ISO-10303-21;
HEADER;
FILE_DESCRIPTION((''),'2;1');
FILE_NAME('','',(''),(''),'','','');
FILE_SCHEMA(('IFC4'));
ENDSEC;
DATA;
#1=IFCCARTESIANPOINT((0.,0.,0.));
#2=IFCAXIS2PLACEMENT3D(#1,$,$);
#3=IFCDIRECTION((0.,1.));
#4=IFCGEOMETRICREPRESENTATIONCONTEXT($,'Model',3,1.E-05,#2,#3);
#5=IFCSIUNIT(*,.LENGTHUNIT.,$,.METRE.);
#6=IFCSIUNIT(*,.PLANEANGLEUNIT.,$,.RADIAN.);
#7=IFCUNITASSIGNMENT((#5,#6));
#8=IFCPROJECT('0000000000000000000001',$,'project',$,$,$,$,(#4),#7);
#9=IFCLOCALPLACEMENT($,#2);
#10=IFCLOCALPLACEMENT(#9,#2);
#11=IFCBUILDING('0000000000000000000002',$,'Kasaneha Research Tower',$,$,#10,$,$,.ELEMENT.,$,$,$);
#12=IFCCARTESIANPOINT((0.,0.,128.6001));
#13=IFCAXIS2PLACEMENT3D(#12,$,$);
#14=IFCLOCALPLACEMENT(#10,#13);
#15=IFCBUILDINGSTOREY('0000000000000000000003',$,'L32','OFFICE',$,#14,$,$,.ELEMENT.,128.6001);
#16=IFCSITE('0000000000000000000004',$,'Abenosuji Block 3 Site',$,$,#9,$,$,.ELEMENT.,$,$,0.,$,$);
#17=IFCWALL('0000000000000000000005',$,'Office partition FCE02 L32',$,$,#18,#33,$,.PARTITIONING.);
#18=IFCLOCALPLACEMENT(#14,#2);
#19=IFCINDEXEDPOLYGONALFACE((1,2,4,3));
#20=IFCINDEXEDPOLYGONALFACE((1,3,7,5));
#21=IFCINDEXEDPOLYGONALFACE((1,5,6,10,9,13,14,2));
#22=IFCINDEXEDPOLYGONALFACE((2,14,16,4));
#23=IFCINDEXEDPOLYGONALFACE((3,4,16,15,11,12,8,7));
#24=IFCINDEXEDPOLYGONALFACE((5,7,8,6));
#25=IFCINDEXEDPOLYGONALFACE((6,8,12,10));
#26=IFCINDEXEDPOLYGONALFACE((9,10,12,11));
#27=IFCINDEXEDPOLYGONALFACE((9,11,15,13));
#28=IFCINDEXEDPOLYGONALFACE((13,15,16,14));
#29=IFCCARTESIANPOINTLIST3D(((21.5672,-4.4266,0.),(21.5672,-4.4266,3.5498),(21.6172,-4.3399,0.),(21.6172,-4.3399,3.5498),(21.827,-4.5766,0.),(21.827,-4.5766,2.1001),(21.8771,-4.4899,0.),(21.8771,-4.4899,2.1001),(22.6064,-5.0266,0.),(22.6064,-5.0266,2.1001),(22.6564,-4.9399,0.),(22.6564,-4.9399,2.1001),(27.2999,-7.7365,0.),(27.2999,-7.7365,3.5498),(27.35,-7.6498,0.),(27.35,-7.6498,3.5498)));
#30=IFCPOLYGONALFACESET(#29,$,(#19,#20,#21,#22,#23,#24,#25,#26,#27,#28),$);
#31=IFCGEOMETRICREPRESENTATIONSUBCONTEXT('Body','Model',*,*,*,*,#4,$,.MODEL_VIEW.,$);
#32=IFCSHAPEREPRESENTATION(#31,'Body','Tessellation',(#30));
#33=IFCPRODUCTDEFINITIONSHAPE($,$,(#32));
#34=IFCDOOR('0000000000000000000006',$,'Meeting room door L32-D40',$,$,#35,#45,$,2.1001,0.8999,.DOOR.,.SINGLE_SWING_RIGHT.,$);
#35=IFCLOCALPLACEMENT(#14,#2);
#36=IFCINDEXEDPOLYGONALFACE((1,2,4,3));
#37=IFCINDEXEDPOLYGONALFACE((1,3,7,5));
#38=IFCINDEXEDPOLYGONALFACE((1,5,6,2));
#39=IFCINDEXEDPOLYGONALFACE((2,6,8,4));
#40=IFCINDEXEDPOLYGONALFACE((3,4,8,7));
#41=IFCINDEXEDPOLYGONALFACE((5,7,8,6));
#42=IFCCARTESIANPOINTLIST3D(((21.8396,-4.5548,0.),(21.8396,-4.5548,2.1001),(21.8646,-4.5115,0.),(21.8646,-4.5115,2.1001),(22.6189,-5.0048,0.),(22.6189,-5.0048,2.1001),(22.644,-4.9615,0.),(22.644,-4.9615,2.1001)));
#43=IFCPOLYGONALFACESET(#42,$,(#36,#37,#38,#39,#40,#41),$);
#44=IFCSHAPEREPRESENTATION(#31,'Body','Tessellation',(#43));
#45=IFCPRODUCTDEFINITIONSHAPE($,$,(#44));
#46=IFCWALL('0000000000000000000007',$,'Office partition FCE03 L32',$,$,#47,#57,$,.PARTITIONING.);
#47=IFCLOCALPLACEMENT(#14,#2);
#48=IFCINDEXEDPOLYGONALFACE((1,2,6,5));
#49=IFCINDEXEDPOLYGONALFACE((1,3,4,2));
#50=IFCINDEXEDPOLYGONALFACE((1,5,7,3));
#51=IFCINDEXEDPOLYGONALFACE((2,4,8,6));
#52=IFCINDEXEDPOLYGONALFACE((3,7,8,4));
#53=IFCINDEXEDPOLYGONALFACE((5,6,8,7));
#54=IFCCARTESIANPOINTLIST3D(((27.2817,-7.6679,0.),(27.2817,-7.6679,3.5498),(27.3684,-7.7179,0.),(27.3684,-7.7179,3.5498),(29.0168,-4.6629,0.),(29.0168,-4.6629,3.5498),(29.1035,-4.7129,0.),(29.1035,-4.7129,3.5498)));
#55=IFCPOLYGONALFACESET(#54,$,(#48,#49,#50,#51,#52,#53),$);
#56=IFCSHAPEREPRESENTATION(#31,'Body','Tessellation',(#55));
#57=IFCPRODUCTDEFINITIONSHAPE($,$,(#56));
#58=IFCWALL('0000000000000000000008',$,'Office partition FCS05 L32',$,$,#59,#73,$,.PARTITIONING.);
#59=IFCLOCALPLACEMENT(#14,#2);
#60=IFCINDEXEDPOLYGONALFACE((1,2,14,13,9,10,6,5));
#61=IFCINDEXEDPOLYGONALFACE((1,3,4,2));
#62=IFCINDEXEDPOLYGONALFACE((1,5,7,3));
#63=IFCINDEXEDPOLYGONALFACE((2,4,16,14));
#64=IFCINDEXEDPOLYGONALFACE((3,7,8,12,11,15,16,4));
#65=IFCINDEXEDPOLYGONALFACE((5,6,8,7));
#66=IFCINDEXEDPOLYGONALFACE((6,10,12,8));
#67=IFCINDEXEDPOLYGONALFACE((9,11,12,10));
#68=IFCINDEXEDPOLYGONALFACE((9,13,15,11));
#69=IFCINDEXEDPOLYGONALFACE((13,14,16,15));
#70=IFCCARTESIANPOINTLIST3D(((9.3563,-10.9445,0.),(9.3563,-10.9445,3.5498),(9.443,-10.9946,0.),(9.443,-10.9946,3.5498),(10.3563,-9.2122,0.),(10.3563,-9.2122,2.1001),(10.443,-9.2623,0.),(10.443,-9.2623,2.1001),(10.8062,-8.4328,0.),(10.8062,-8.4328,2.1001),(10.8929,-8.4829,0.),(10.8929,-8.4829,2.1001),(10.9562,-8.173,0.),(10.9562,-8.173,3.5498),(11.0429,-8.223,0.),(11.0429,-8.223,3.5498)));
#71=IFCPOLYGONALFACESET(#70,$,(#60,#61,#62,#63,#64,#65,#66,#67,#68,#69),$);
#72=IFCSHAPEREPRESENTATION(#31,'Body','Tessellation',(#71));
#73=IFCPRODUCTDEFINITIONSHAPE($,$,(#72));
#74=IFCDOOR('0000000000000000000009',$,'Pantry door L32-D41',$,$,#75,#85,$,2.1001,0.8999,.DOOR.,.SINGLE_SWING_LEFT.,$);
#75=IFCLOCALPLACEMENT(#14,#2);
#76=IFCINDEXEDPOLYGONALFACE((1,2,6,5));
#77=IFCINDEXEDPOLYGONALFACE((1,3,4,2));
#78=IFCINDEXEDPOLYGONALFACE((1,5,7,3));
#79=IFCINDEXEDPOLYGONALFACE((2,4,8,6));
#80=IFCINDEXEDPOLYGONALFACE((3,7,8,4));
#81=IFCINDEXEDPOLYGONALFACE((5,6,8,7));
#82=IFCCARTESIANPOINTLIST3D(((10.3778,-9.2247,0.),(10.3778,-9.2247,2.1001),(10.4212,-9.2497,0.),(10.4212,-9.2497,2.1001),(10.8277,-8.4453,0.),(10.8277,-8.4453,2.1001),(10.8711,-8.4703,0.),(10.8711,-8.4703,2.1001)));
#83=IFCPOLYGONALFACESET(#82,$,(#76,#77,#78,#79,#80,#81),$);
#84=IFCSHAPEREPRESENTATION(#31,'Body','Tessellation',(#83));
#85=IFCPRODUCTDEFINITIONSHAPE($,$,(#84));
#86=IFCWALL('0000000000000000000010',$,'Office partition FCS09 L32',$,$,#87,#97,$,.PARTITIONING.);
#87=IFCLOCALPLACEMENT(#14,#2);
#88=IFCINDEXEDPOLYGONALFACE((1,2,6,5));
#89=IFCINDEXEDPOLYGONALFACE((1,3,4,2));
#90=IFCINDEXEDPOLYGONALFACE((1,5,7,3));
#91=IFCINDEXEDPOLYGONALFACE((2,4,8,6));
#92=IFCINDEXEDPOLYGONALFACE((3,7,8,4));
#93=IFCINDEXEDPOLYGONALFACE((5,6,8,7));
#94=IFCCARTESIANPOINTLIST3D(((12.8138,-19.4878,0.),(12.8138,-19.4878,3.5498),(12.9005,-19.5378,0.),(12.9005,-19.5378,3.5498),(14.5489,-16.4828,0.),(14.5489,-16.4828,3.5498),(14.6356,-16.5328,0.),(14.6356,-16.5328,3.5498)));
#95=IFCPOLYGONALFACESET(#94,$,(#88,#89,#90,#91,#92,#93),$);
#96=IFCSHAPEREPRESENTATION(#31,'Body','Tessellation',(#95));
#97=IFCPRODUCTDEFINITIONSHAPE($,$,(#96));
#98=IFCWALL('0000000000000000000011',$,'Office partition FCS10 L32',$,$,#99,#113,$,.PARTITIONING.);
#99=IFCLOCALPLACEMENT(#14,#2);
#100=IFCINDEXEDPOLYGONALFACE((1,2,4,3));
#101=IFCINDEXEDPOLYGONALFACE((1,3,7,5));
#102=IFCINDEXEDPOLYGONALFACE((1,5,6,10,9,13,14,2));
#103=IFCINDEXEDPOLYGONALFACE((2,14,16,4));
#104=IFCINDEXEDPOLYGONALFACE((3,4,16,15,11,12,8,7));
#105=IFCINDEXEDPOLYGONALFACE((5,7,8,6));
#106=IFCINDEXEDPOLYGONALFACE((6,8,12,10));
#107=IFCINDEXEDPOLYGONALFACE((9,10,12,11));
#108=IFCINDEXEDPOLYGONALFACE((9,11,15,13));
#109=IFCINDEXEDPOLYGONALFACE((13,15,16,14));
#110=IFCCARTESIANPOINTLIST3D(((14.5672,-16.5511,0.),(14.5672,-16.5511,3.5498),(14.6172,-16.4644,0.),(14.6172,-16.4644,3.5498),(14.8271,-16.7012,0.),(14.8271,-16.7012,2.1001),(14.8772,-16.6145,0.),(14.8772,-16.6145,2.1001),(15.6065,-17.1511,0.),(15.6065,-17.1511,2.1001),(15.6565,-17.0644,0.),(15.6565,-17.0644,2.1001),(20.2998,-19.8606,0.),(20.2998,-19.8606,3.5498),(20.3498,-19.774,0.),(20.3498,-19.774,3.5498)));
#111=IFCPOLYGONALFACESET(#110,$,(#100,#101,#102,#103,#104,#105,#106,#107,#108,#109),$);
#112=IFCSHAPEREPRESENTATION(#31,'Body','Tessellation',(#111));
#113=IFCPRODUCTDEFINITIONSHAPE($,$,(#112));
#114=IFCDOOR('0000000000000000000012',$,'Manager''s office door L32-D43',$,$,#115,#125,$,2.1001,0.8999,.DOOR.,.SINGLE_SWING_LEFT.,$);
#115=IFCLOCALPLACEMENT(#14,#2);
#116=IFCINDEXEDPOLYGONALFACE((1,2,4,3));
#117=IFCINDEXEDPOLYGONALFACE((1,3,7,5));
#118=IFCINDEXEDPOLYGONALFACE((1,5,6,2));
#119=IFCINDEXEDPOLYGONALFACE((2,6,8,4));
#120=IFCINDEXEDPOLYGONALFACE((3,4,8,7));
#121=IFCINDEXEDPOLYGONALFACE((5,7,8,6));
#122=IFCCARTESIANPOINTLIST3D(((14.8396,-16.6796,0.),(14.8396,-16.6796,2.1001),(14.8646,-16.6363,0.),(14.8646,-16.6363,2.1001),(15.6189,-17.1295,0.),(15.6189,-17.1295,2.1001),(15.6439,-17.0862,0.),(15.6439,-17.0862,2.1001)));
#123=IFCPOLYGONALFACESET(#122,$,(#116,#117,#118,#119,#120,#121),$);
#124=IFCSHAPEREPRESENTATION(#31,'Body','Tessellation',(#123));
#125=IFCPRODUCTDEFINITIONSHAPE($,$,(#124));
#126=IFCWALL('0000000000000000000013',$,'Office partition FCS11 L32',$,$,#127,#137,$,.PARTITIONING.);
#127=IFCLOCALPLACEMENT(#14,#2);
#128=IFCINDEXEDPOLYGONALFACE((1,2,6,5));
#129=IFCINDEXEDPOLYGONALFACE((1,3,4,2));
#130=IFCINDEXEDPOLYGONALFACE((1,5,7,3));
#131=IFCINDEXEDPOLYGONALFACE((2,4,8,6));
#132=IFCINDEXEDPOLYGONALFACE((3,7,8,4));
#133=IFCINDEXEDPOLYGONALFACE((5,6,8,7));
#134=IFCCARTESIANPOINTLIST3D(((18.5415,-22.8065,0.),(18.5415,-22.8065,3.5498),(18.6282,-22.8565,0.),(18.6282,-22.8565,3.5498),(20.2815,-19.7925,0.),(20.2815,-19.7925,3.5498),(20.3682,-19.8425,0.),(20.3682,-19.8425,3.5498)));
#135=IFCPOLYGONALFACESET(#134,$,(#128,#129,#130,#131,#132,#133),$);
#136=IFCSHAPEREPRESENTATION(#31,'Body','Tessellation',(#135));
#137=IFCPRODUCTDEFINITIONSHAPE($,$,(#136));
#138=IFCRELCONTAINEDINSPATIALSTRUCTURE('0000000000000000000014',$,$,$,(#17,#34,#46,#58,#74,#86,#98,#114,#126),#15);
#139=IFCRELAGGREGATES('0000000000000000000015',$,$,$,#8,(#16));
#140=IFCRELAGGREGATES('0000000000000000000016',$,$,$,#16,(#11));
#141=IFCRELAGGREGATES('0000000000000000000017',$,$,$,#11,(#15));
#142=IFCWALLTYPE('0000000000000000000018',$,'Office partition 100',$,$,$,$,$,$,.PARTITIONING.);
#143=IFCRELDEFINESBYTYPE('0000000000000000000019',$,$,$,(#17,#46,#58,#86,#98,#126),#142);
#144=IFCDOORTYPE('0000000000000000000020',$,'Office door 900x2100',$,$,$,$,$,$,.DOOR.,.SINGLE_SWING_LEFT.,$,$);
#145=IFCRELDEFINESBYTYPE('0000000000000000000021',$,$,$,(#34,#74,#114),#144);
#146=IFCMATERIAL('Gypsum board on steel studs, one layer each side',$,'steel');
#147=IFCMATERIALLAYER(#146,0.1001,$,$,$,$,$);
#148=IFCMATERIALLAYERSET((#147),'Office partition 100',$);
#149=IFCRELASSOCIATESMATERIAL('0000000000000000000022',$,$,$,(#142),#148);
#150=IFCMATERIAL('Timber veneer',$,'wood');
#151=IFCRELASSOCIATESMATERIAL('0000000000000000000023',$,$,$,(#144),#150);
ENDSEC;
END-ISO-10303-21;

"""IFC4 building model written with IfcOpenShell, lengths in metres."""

from ifc_helpers import new_model, si_unit, direction, frame, frame_2d, origin, place, context, subcontext, project, spatial, rectangle, extrude, material, layer, layer_set, type_object, element, fill, save


model = new_model("IFC4")

# Units and contexts
model_context = context("Model", 3, precision=1e-05, world=origin(), true_north=direction((0.0, 1.0)))
body_context = subcontext(model_context, "Body", "Model", "MODEL_VIEW")
ifc_project = project(units=[si_unit("LENGTHUNIT", "METRE"), si_unit("PLANEANGLEUNIT", "RADIAN")], contexts=[model_context])

# Site, building, storey
site_placement = place(None, origin())
site = spatial("IfcSite", under=ifc_project, at=site_placement, Name="Abenosuji Block 3 Site", CompositionType="ELEMENT", RefElevation=0.0)
building_placement = place(site_placement, origin())
building = spatial("IfcBuilding", under=site, at=building_placement, Name="Kasaneha Research Tower", CompositionType="ELEMENT")
storey_placement = place(building_placement, frame((0.0, 0.0, 128.6001)))
storey = spatial("IfcBuildingStorey", under=building, at=storey_placement, Name="L32", Description="OFFICE", CompositionType="ELEMENT", Elevation=128.6001)

# Shared definitions
ifc_material_1 = material(Name="Gypsum board on steel studs, one layer each side", Category="steel")
ifc_layer_1 = layer(ifc_material_1, 0.1001)
ifc_layer_set_1 = layer_set([ifc_layer_1], Name="Office partition 100")
wall_type = type_object("IfcWallType", Name="Office partition 100", PredefinedType="PARTITIONING", material=ifc_layer_set_1)

# Wall, opening, door
wall_1_placement = place(storey_placement, frame((27.325, -7.6931, 0.0), z_axis=(0.0, 0.0, 1.0), x_axis=(-0.866022, 0.500007, 0.0)))
wall_1 = element("IfcWall", 1, at=wall_1_placement, inside=storey, type_object=wall_type, Name="Office partition FCE02 L32", PredefinedType="PARTITIONING", context=body_context, shape_type="SweptSolid", body=[
    extrude(rectangle(XDim=6.6196, YDim=0.1001, at=frame_2d((3.3098, 0.0))), origin(), (0.0, 0.0, 1.0), 3.5498),
])
opening_1_placement = place(wall_1_placement, frame((5.4197, 0.0, 0.0)))
opening_1 = element("IfcOpeningElement", 2, at=opening_1_placement, cuts=wall_1, PredefinedType="OPENING", context=body_context, shape_type="SweptSolid", body=[
    extrude(rectangle(XDim=0.8999, YDim=2.1001, at=frame_2d((0.45, 1.05))), frame((0.0, 0.0601, 0.0), z_axis=(0.0, -1.0, 0.0), x_axis=(1.0, 0.0, 0.0)), (0.0, 0.0, 1.0), 0.1201),
])
ifc_material_2 = material(Name="Timber veneer", Category="wood")
door_type = type_object("IfcDoorType", Name="Office door 900x2100", OperationType="SINGLE_SWING_LEFT", PredefinedType="DOOR", material=ifc_material_2)
door_1_placement = place(opening_1_placement, origin())
door_1 = element("IfcDoor", 3, at=door_1_placement, inside=storey, type_object=door_type, Name="Meeting room door L32-D40", OperationType="SINGLE_SWING_RIGHT", OverallHeight=2.1001, OverallWidth=0.8999, PredefinedType="DOOR", context=body_context, shape_type="SweptSolid", body=[
    extrude(rectangle(XDim=0.8999, YDim=2.1001, at=frame_2d((0.45, 1.05))), frame((0.0, 0.0249, 0.0), z_axis=(0.0, -1.0, 0.0), x_axis=(1.0, 0.0, 0.0)), (0.0, 0.0, 1.0), 0.05),
])
fill(opening_1, door_1)

# Wall
wall_2_placement = place(storey_placement, frame((29.0601, -4.688, 0.0), z_axis=(0.0, 0.0, 1.0), x_axis=(-0.500021, -0.866013, 0.0)))
element("IfcWall", 4, at=wall_2_placement, inside=storey, type_object=wall_type, Name="Office partition FCE03 L32", PredefinedType="PARTITIONING", context=body_context, shape_type="SweptSolid", body=[
    extrude(rectangle(XDim=3.47, YDim=0.1001, at=frame_2d((1.7349, 0.0))), origin(), (0.0, 0.0, 1.0), 3.5498),
])

# Wall, opening, door
wall_3_placement = place(storey_placement, frame((10.9995, -8.198, 0.0), z_axis=(0.0, 0.0, 1.0), x_axis=(-0.499938, -0.866061, 0.0)))
wall_3 = element("IfcWall", 5, at=wall_3_placement, inside=storey, type_object=wall_type, Name="Office partition FCS05 L32", PredefinedType="PARTITIONING", context=body_context, shape_type="SweptSolid", body=[
    extrude(rectangle(XDim=3.2002, YDim=0.1001, at=frame_2d((1.6001, 0.0))), origin(), (0.0, 0.0, 1.0), 3.5498),
])
opening_2_placement = place(wall_3_placement, frame((0.3, 0.0, 0.0)))
opening_2 = element("IfcOpeningElement", 6, at=opening_2_placement, cuts=wall_3, PredefinedType="OPENING", context=body_context, shape_type="SweptSolid", body=[
    extrude(rectangle(XDim=0.8999, YDim=2.1001, at=frame_2d((0.45, 1.05))), frame((0.0, 0.0601, 0.0), z_axis=(0.0, -1.0, 0.0), x_axis=(1.0, 0.0, 0.0)), (0.0, 0.0, 1.0), 0.1201),
])
door_2_placement = place(opening_2_placement, origin())
door_2 = element("IfcDoor", 7, at=door_2_placement, inside=storey, type_object=door_type, Name="Pantry door L32-D41", OperationType="SINGLE_SWING_LEFT", OverallHeight=2.1001, OverallWidth=0.8999, PredefinedType="DOOR", context=body_context, shape_type="SweptSolid", body=[
    extrude(rectangle(XDim=0.8999, YDim=2.1001, at=frame_2d((0.45, 1.05))), frame((0.0, 0.0249, 0.0), z_axis=(0.0, -1.0, 0.0), x_axis=(1.0, 0.0, 0.0)), (0.0, 0.0, 1.0), 0.05),
])
fill(opening_2, door_2)

# Wall
wall_4_placement = place(storey_placement, frame((12.8572, -19.5127, 0.0), z_axis=(0.0, 0.0, 1.0), x_axis=(0.500051, 0.865996, 0.0)))
element("IfcWall", 8, at=wall_4_placement, inside=storey, type_object=wall_type, Name="Office partition FCS09 L32", PredefinedType="PARTITIONING", context=body_context, shape_type="SweptSolid", body=[
    extrude(rectangle(XDim=3.47, YDim=0.1001, at=frame_2d((1.7349, 0.0))), origin(), (0.0, 0.0, 1.0), 3.5498),
])

# Wall, opening, door
wall_5_placement = place(storey_placement, frame((14.5923, -16.5078, 0.0), z_axis=(0.0, 0.0, 1.0), x_axis=(0.866038, -0.499979, 0.0)))
wall_5 = element("IfcWall", 9, at=wall_5_placement, inside=storey, type_object=wall_type, Name="Office partition FCS10 L32", PredefinedType="PARTITIONING", context=body_context, shape_type="SweptSolid", body=[
    extrude(rectangle(XDim=6.6194, YDim=0.1001, at=frame_2d((3.3096, 0.0))), origin(), (0.0, 0.0, 1.0), 3.5498),
])
opening_3_placement = place(wall_5_placement, frame((0.3, 0.0, 0.0)))
opening_3 = element("IfcOpeningElement", 10, at=opening_3_placement, cuts=wall_5, PredefinedType="OPENING", context=body_context, shape_type="SweptSolid", body=[
    extrude(rectangle(XDim=0.8999, YDim=2.1001, at=frame_2d((0.45, 1.05))), frame((0.0, 0.0601, 0.0), z_axis=(0.0, -1.0, 0.0), x_axis=(1.0, 0.0, 0.0)), (0.0, 0.0, 1.0), 0.1201),
])
door_3_placement = place(opening_3_placement, origin())
door_3 = element("IfcDoor", 11, at=door_3_placement, inside=storey, type_object=door_type, Name="Manager's office door L32-D43", OperationType="SINGLE_SWING_LEFT", OverallHeight=2.1001, OverallWidth=0.8999, PredefinedType="DOOR", context=body_context, shape_type="SweptSolid", body=[
    extrude(rectangle(XDim=0.8999, YDim=2.1001, at=frame_2d((0.45, 1.05))), frame((0.0, 0.0249, 0.0), z_axis=(0.0, -1.0, 0.0), x_axis=(1.0, 0.0, 0.0)), (0.0, 0.0, 1.0), 0.05),
])
fill(opening_3, door_3)

# Wall
wall_6_placement = place(storey_placement, frame((20.325, -19.8174, 0.0), z_axis=(0.0, 0.0, 1.0), x_axis=(-0.49998, -0.866037, 0.0)))
element("IfcWall", 12, at=wall_6_placement, inside=storey, type_object=wall_type, Name="Office partition FCS11 L32", PredefinedType="PARTITIONING", context=body_context, shape_type="SweptSolid", body=[
    extrude(rectangle(XDim=3.4802, YDim=0.1001, at=frame_2d((1.7402, 0.0))), origin(), (0.0, 0.0, 1.0), 3.5498),
])

save(model, "model.ifc")
